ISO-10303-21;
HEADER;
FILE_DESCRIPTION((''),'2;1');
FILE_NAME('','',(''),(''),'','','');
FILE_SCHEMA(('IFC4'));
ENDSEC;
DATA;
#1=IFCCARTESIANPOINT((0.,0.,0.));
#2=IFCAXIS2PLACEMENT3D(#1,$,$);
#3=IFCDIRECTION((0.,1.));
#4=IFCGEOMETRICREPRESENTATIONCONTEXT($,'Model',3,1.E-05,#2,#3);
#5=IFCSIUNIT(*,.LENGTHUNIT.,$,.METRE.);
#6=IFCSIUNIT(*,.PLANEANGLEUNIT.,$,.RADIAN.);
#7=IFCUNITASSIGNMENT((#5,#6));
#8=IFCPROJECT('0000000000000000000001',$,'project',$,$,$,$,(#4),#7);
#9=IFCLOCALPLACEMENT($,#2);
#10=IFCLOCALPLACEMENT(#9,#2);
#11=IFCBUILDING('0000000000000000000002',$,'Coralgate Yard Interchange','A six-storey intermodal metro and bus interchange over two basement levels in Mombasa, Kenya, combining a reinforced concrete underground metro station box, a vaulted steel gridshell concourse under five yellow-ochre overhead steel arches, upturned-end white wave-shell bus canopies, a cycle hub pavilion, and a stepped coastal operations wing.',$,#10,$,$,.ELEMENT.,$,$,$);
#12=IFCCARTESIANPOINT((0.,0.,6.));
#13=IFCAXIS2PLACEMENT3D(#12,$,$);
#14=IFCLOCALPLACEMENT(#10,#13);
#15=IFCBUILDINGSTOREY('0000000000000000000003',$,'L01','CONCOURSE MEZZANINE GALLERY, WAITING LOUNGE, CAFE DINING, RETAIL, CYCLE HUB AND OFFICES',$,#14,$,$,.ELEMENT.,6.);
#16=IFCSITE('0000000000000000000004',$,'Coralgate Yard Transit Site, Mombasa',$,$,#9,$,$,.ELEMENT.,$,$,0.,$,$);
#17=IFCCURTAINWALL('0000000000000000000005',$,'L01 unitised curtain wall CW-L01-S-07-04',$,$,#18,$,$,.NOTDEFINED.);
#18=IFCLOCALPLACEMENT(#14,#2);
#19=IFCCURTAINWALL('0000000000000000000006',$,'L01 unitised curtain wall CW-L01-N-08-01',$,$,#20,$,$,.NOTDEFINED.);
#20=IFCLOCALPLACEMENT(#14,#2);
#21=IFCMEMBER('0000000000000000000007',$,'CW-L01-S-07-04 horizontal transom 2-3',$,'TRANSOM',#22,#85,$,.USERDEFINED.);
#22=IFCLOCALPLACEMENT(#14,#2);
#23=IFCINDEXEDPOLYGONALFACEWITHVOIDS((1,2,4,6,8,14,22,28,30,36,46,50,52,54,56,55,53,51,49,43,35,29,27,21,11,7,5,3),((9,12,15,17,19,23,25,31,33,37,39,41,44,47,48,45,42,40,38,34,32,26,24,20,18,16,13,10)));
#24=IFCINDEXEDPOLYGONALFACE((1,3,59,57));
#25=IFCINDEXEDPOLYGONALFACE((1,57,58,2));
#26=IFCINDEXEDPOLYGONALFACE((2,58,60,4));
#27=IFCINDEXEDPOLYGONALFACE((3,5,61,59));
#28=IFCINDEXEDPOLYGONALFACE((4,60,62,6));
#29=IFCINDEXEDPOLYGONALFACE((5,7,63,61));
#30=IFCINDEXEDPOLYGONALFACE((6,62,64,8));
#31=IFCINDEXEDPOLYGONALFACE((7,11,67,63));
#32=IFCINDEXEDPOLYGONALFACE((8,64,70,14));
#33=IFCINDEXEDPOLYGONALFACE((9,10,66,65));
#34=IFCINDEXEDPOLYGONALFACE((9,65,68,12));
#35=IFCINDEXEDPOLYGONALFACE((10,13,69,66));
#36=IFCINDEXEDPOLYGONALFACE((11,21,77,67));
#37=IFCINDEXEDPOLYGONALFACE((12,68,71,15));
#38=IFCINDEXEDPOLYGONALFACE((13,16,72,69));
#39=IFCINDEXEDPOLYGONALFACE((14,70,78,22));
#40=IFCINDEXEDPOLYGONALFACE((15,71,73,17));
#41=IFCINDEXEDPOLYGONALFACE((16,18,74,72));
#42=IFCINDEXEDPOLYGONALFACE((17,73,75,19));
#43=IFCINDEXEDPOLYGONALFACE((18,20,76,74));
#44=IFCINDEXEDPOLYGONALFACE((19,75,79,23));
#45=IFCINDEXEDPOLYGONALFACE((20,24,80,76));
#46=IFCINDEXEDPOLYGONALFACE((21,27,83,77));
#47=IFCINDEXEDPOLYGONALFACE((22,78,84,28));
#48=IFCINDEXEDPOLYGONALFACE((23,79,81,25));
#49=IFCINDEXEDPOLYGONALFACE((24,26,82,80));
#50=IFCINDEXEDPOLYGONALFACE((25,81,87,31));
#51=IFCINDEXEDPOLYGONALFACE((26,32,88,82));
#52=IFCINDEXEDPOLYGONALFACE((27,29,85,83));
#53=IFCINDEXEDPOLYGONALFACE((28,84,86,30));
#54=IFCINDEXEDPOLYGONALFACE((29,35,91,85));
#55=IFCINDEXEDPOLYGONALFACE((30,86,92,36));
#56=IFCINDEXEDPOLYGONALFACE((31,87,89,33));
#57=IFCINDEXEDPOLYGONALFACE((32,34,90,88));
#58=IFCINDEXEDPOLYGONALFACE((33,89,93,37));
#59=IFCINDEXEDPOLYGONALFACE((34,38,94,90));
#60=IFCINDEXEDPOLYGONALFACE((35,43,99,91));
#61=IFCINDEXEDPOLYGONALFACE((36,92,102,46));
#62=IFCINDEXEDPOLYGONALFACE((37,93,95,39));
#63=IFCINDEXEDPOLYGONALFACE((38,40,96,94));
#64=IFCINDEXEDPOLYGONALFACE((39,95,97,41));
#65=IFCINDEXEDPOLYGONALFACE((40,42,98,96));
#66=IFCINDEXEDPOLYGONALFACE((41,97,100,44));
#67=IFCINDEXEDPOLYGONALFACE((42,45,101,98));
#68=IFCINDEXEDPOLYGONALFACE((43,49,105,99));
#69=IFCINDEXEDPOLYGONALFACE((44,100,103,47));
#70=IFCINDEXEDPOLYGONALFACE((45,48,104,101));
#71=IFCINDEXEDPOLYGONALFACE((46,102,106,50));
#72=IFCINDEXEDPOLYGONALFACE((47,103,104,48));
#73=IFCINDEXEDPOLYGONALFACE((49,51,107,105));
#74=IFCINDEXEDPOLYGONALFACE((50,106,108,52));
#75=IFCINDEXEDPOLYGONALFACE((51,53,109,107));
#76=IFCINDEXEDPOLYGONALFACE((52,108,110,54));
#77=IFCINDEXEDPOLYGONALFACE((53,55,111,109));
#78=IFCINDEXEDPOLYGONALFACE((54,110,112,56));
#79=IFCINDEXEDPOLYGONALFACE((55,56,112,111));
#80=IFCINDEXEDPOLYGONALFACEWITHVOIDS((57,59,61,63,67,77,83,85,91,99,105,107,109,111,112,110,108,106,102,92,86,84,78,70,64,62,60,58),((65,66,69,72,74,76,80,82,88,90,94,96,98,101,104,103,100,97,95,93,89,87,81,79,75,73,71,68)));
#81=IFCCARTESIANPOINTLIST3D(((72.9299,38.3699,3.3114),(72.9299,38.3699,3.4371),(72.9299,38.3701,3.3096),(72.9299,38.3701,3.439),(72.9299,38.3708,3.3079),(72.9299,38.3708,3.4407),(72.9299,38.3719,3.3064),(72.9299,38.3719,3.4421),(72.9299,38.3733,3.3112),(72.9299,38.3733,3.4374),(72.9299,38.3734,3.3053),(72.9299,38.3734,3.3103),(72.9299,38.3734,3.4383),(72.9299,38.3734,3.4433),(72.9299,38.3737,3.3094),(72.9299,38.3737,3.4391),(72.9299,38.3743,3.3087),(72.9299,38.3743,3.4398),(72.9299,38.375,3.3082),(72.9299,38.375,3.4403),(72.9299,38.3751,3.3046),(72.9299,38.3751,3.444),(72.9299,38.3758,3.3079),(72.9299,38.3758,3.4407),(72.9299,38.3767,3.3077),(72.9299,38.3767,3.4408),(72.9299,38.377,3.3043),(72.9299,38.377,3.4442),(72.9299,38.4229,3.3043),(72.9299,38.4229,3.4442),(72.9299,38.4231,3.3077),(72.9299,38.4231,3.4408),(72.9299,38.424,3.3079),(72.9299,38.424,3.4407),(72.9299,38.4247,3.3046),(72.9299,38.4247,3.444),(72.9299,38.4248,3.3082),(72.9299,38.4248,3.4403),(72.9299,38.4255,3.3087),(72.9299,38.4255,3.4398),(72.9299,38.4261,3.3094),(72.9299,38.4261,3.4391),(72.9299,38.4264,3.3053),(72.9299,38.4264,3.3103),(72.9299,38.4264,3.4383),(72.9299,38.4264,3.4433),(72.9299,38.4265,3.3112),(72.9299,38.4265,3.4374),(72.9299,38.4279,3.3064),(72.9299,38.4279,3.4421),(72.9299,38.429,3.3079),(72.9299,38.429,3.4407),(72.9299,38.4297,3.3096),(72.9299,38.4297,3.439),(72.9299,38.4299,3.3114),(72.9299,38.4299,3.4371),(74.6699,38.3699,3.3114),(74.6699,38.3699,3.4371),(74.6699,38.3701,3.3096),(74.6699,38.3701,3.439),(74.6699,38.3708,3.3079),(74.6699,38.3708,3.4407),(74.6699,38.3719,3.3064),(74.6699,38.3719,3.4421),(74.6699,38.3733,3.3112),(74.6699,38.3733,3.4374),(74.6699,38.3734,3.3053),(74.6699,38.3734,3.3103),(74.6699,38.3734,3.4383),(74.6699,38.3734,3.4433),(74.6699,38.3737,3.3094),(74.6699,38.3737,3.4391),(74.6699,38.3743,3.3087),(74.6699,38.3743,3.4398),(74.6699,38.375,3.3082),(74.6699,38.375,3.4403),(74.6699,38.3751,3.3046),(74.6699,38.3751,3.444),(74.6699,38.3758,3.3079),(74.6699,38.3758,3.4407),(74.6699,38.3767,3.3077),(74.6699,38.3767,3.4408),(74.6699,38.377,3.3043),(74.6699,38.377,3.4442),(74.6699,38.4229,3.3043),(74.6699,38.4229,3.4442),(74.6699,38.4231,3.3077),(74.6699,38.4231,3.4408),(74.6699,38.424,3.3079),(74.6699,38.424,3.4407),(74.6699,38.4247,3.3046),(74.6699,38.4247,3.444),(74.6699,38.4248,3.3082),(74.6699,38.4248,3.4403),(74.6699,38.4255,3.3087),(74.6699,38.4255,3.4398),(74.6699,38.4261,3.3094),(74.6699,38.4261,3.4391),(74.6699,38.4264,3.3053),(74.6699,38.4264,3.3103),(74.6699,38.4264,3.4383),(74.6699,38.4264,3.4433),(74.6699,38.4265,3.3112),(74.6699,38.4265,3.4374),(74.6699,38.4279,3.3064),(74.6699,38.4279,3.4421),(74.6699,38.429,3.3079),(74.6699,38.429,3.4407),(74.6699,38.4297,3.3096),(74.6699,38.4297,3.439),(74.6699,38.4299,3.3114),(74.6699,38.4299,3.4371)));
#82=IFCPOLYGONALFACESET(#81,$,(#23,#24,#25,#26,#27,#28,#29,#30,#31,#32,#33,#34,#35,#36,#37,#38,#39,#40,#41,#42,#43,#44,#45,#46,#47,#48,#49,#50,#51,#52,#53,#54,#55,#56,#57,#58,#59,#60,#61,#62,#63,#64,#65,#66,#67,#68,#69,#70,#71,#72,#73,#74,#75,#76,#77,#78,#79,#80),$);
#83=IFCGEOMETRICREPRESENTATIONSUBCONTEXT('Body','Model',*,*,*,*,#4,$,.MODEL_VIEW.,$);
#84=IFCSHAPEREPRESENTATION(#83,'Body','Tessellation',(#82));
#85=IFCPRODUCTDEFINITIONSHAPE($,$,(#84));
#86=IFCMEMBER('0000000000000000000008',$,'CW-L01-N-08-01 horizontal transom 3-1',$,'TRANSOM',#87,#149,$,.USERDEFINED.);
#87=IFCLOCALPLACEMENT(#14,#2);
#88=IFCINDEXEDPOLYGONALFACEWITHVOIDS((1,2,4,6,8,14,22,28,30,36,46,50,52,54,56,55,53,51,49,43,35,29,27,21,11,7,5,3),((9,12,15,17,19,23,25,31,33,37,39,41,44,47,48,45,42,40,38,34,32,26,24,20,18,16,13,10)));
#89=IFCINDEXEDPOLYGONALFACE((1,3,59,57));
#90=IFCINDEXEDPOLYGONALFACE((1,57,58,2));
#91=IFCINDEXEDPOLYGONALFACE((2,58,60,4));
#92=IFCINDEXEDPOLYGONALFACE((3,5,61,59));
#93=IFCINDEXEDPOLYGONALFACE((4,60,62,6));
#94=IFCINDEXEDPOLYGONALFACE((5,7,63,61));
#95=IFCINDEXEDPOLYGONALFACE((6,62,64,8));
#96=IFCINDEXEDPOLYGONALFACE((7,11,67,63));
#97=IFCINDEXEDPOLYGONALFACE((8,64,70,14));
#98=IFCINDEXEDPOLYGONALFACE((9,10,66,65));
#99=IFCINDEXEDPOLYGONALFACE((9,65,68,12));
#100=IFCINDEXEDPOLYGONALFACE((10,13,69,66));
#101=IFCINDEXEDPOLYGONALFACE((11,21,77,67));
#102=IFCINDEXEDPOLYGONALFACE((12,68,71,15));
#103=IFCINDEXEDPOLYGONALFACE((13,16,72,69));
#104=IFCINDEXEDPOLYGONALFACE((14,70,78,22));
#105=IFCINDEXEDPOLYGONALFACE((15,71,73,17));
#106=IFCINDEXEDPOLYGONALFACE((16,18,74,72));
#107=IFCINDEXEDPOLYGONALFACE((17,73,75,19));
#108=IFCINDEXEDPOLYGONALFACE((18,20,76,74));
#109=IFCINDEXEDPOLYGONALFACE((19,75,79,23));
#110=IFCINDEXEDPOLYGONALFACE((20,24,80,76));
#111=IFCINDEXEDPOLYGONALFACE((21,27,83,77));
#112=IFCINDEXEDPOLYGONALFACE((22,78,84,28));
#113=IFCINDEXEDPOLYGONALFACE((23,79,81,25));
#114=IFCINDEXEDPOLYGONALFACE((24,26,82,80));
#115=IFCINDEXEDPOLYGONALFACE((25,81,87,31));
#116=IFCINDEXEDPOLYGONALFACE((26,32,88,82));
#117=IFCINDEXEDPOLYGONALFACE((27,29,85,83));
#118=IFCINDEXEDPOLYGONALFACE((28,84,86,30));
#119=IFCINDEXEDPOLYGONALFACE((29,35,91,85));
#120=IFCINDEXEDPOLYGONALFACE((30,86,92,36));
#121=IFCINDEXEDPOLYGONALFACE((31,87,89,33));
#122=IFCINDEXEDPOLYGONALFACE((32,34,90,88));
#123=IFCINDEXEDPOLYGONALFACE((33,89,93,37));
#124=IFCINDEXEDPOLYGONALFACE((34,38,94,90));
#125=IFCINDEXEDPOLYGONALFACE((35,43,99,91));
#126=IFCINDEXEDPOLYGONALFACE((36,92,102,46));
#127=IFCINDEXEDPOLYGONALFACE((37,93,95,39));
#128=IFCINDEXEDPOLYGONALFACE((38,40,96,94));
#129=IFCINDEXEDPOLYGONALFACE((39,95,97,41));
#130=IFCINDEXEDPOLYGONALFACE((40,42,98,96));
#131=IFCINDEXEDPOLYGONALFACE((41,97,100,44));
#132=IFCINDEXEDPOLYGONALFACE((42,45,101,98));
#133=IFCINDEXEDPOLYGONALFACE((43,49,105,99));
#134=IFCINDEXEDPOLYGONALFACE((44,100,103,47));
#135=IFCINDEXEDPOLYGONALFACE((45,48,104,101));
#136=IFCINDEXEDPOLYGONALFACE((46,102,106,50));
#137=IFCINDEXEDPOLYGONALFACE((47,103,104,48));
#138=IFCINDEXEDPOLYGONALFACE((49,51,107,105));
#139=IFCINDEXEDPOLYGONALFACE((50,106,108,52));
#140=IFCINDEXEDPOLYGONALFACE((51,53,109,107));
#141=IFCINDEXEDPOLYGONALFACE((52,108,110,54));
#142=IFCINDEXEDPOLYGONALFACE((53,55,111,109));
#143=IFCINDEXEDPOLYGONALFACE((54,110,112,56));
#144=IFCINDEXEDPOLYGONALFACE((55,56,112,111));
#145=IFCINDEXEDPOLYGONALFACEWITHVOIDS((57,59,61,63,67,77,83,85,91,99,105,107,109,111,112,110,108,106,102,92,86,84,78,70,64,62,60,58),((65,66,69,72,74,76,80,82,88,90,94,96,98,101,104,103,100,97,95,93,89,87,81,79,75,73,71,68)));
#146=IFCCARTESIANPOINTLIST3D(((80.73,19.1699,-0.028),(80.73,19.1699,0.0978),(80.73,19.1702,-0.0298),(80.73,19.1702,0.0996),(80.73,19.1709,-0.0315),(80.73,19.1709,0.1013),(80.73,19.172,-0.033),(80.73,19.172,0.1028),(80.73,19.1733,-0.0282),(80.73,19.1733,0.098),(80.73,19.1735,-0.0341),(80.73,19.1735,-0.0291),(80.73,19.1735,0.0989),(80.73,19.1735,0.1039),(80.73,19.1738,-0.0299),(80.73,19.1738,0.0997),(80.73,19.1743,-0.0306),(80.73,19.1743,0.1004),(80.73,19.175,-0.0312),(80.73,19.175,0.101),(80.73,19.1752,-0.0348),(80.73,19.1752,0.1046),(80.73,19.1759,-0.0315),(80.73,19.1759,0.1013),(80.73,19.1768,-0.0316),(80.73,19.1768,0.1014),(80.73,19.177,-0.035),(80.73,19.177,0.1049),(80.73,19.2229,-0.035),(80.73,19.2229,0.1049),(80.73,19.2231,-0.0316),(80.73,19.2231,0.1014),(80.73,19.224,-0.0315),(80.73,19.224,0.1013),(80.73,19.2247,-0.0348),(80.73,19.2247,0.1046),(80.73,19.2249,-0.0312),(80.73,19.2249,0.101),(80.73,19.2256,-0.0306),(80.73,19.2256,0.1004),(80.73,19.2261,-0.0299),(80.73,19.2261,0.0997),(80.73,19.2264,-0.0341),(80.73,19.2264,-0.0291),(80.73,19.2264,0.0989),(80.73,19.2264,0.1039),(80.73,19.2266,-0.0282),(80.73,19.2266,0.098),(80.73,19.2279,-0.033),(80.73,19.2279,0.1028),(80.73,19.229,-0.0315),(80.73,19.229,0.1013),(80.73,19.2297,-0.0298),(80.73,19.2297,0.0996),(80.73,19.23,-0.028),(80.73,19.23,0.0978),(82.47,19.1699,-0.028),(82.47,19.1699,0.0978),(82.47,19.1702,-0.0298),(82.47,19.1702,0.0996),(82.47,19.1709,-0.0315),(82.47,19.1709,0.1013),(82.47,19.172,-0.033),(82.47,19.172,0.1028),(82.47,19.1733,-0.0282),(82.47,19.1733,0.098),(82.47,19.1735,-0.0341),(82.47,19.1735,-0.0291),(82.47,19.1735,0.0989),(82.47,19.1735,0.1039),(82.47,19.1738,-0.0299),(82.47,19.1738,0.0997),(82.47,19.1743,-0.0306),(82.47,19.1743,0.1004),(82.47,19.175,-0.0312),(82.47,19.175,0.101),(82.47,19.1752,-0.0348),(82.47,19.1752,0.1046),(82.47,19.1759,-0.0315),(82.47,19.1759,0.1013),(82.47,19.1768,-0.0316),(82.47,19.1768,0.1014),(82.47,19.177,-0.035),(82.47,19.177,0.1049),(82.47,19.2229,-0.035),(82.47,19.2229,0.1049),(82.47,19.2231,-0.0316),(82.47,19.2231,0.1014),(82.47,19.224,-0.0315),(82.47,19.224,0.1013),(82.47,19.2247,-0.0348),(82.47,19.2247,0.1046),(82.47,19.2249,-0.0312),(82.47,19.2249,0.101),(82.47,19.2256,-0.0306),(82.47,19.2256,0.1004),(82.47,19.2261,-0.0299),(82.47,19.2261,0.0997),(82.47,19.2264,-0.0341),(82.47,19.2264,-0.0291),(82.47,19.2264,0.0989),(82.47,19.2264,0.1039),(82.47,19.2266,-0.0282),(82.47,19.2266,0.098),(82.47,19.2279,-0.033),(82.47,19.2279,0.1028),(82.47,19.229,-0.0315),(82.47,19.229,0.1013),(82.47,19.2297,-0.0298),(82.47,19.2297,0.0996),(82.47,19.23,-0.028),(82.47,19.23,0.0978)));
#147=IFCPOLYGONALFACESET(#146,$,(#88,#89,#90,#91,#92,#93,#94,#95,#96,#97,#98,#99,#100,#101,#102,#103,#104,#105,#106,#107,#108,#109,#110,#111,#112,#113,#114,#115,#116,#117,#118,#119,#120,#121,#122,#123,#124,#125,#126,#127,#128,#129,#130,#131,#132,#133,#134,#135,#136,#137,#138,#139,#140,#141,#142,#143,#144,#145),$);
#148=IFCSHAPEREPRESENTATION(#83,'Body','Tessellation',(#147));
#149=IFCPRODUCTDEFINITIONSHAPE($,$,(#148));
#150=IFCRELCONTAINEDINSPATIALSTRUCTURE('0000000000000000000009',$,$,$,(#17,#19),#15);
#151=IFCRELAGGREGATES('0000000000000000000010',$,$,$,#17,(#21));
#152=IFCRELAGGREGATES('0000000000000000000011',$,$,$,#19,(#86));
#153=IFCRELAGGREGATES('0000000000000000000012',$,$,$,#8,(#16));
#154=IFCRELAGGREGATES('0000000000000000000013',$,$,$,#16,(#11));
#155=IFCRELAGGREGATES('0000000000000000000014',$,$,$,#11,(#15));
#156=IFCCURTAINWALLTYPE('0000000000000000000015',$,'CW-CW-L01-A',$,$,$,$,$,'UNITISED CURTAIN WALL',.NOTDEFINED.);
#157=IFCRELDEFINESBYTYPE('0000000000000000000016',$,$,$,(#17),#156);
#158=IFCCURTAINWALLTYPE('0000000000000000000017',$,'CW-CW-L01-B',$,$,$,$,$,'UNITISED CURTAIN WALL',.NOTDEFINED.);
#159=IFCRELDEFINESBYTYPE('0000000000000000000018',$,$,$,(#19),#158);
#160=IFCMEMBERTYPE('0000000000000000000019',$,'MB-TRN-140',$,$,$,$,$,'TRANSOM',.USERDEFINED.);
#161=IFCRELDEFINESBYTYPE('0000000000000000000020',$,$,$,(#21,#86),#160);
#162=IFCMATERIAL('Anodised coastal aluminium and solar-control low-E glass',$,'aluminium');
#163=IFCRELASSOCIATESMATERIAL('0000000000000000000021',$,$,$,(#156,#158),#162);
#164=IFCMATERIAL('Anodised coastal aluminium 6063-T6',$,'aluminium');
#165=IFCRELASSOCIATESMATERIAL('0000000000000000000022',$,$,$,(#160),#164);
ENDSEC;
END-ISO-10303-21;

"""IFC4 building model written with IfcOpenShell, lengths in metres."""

from ifc_helpers import new_model, si_unit, direction, frame, origin, origin_2d, place, context, subcontext, project, spatial, hollow_rectangle, extrude, material, material_profile, profile_set, type_object, element, aggregate, save


model = new_model("IFC4")

# Units and contexts
model_context = context("Model", 3, precision=1e-05, world=origin(), true_north=direction((0.0, 1.0)))
body_context = subcontext(model_context, "Body", "Model", "MODEL_VIEW")
ifc_project = project(units=[si_unit("LENGTHUNIT", "METRE"), si_unit("PLANEANGLEUNIT", "RADIAN")], contexts=[model_context])

# Site, building, storey
site_placement = place(None, origin())
site = spatial("IfcSite", under=ifc_project, at=site_placement, Name="Coralgate Yard Transit Site, Mombasa", CompositionType="ELEMENT", RefElevation=0.0)
building_placement = place(site_placement, origin())
building = spatial("IfcBuilding", under=site, at=building_placement, Name="Coralgate Yard Interchange", Description="A six-storey intermodal metro and bus interchange over two basement levels in Mombasa, Kenya, combining a reinforced concrete underground metro station box, a vaulted steel gridshell concourse under five yellow-ochre overhead steel arches, upturned-end white wave-shell bus canopies, a cycle hub pavilion, and a stepped coastal operations wing.", CompositionType="ELEMENT")
storey_placement = place(building_placement, frame((0.0, 0.0, 6.0)))
storey = spatial("IfcBuildingStorey", under=building, at=storey_placement, Name="L01", Description="CONCOURSE MEZZANINE GALLERY, WAITING LOUNGE, CAFE DINING, RETAIL, CYCLE HUB AND OFFICES", CompositionType="ELEMENT", Elevation=6.0)

# Curtain wall
ifc_material_1 = material(Name="Anodised coastal aluminium and solar-control low-E glass", Category="aluminium")
curtain_wall_type_1 = type_object("IfcCurtainWallType", Name="CW-CW-L01-A", ElementType="UNITISED CURTAIN WALL", PredefinedType="NOTDEFINED", material=ifc_material_1)
curtain_wall_1_placement = place(storey_placement, origin())
curtain_wall_1 = element("IfcCurtainWall", 1, at=curtain_wall_1_placement, inside=storey, type_object=curtain_wall_type_1, Name="L01 unitised curtain wall CW-L01-S-07-04", PredefinedType="NOTDEFINED")
ifc_material_2 = material(Name="Anodised coastal aluminium 6063-T6", Category="aluminium")

# Curtain wall
curtain_wall_type_2 = type_object("IfcCurtainWallType", Name="CW-CW-L01-B", ElementType="UNITISED CURTAIN WALL", PredefinedType="NOTDEFINED", material=ifc_material_1)
curtain_wall_2_placement = place(storey_placement, origin())
curtain_wall_2 = element("IfcCurtainWall", 2, at=curtain_wall_2_placement, inside=storey, type_object=curtain_wall_type_2, Name="L01 unitised curtain wall CW-L01-N-08-01", PredefinedType="NOTDEFINED")

# Members
ifc_material_profile_1 = material_profile(ifc_material_2, hollow_rectangle(XDim=0.0601, YDim=0.1399, WallThickness=0.0034, InnerFilletRadius=0.0034, OuterFilletRadius=0.0071, at=origin_2d()), Name="ALU 60x140x3.5")
ifc_profile_set_1 = profile_set([ifc_material_profile_1], Name="Anodised coastal aluminium 6063-T6")
member_type_1 = type_object("IfcMemberType", Name="MB-TRN-140", ElementType="TRANSOM", PredefinedType="USERDEFINED", material=ifc_profile_set_1)
member_1_placement = place(storey_placement, frame((74.6699, 38.3999, 3.3743), z_axis=(-1.0, 0.0, 0.0), x_axis=(0.0, -1.0, 0.0)))
member_1 = element("IfcMember", 3, at=member_1_placement, type_object=member_type_1, Name="CW-L01-S-07-04 horizontal transom 2-3", ObjectType="TRANSOM", PredefinedType="USERDEFINED", context=body_context, shape_type="SweptSolid", body=[
    extrude(hollow_rectangle(XDim=0.0601, YDim=0.1399, WallThickness=0.0034, InnerFilletRadius=0.0034, OuterFilletRadius=0.0071, at=origin_2d()), origin(), (0.0, 0.0, 1.0), 1.74),
])
member_2_placement = place(storey_placement, frame((80.73, 19.2, 0.0349), z_axis=(1.0, 0.0, 0.0), x_axis=(0.0, 1.0, 0.0)))
member_2 = element("IfcMember", 4, at=member_2_placement, type_object=member_type_1, Name="CW-L01-N-08-01 horizontal transom 3-1", ObjectType="TRANSOM", PredefinedType="USERDEFINED", context=body_context, shape_type="SweptSolid", body=[
    extrude(hollow_rectangle(XDim=0.0601, YDim=0.1399, WallThickness=0.0034, InnerFilletRadius=0.0034, OuterFilletRadius=0.0071, at=origin_2d()), origin(), (0.0, 0.0, 1.0), 1.74),
])

aggregate(curtain_wall_1, [member_1])
aggregate(curtain_wall_2, [member_2])

save(model, "model.ifc")
